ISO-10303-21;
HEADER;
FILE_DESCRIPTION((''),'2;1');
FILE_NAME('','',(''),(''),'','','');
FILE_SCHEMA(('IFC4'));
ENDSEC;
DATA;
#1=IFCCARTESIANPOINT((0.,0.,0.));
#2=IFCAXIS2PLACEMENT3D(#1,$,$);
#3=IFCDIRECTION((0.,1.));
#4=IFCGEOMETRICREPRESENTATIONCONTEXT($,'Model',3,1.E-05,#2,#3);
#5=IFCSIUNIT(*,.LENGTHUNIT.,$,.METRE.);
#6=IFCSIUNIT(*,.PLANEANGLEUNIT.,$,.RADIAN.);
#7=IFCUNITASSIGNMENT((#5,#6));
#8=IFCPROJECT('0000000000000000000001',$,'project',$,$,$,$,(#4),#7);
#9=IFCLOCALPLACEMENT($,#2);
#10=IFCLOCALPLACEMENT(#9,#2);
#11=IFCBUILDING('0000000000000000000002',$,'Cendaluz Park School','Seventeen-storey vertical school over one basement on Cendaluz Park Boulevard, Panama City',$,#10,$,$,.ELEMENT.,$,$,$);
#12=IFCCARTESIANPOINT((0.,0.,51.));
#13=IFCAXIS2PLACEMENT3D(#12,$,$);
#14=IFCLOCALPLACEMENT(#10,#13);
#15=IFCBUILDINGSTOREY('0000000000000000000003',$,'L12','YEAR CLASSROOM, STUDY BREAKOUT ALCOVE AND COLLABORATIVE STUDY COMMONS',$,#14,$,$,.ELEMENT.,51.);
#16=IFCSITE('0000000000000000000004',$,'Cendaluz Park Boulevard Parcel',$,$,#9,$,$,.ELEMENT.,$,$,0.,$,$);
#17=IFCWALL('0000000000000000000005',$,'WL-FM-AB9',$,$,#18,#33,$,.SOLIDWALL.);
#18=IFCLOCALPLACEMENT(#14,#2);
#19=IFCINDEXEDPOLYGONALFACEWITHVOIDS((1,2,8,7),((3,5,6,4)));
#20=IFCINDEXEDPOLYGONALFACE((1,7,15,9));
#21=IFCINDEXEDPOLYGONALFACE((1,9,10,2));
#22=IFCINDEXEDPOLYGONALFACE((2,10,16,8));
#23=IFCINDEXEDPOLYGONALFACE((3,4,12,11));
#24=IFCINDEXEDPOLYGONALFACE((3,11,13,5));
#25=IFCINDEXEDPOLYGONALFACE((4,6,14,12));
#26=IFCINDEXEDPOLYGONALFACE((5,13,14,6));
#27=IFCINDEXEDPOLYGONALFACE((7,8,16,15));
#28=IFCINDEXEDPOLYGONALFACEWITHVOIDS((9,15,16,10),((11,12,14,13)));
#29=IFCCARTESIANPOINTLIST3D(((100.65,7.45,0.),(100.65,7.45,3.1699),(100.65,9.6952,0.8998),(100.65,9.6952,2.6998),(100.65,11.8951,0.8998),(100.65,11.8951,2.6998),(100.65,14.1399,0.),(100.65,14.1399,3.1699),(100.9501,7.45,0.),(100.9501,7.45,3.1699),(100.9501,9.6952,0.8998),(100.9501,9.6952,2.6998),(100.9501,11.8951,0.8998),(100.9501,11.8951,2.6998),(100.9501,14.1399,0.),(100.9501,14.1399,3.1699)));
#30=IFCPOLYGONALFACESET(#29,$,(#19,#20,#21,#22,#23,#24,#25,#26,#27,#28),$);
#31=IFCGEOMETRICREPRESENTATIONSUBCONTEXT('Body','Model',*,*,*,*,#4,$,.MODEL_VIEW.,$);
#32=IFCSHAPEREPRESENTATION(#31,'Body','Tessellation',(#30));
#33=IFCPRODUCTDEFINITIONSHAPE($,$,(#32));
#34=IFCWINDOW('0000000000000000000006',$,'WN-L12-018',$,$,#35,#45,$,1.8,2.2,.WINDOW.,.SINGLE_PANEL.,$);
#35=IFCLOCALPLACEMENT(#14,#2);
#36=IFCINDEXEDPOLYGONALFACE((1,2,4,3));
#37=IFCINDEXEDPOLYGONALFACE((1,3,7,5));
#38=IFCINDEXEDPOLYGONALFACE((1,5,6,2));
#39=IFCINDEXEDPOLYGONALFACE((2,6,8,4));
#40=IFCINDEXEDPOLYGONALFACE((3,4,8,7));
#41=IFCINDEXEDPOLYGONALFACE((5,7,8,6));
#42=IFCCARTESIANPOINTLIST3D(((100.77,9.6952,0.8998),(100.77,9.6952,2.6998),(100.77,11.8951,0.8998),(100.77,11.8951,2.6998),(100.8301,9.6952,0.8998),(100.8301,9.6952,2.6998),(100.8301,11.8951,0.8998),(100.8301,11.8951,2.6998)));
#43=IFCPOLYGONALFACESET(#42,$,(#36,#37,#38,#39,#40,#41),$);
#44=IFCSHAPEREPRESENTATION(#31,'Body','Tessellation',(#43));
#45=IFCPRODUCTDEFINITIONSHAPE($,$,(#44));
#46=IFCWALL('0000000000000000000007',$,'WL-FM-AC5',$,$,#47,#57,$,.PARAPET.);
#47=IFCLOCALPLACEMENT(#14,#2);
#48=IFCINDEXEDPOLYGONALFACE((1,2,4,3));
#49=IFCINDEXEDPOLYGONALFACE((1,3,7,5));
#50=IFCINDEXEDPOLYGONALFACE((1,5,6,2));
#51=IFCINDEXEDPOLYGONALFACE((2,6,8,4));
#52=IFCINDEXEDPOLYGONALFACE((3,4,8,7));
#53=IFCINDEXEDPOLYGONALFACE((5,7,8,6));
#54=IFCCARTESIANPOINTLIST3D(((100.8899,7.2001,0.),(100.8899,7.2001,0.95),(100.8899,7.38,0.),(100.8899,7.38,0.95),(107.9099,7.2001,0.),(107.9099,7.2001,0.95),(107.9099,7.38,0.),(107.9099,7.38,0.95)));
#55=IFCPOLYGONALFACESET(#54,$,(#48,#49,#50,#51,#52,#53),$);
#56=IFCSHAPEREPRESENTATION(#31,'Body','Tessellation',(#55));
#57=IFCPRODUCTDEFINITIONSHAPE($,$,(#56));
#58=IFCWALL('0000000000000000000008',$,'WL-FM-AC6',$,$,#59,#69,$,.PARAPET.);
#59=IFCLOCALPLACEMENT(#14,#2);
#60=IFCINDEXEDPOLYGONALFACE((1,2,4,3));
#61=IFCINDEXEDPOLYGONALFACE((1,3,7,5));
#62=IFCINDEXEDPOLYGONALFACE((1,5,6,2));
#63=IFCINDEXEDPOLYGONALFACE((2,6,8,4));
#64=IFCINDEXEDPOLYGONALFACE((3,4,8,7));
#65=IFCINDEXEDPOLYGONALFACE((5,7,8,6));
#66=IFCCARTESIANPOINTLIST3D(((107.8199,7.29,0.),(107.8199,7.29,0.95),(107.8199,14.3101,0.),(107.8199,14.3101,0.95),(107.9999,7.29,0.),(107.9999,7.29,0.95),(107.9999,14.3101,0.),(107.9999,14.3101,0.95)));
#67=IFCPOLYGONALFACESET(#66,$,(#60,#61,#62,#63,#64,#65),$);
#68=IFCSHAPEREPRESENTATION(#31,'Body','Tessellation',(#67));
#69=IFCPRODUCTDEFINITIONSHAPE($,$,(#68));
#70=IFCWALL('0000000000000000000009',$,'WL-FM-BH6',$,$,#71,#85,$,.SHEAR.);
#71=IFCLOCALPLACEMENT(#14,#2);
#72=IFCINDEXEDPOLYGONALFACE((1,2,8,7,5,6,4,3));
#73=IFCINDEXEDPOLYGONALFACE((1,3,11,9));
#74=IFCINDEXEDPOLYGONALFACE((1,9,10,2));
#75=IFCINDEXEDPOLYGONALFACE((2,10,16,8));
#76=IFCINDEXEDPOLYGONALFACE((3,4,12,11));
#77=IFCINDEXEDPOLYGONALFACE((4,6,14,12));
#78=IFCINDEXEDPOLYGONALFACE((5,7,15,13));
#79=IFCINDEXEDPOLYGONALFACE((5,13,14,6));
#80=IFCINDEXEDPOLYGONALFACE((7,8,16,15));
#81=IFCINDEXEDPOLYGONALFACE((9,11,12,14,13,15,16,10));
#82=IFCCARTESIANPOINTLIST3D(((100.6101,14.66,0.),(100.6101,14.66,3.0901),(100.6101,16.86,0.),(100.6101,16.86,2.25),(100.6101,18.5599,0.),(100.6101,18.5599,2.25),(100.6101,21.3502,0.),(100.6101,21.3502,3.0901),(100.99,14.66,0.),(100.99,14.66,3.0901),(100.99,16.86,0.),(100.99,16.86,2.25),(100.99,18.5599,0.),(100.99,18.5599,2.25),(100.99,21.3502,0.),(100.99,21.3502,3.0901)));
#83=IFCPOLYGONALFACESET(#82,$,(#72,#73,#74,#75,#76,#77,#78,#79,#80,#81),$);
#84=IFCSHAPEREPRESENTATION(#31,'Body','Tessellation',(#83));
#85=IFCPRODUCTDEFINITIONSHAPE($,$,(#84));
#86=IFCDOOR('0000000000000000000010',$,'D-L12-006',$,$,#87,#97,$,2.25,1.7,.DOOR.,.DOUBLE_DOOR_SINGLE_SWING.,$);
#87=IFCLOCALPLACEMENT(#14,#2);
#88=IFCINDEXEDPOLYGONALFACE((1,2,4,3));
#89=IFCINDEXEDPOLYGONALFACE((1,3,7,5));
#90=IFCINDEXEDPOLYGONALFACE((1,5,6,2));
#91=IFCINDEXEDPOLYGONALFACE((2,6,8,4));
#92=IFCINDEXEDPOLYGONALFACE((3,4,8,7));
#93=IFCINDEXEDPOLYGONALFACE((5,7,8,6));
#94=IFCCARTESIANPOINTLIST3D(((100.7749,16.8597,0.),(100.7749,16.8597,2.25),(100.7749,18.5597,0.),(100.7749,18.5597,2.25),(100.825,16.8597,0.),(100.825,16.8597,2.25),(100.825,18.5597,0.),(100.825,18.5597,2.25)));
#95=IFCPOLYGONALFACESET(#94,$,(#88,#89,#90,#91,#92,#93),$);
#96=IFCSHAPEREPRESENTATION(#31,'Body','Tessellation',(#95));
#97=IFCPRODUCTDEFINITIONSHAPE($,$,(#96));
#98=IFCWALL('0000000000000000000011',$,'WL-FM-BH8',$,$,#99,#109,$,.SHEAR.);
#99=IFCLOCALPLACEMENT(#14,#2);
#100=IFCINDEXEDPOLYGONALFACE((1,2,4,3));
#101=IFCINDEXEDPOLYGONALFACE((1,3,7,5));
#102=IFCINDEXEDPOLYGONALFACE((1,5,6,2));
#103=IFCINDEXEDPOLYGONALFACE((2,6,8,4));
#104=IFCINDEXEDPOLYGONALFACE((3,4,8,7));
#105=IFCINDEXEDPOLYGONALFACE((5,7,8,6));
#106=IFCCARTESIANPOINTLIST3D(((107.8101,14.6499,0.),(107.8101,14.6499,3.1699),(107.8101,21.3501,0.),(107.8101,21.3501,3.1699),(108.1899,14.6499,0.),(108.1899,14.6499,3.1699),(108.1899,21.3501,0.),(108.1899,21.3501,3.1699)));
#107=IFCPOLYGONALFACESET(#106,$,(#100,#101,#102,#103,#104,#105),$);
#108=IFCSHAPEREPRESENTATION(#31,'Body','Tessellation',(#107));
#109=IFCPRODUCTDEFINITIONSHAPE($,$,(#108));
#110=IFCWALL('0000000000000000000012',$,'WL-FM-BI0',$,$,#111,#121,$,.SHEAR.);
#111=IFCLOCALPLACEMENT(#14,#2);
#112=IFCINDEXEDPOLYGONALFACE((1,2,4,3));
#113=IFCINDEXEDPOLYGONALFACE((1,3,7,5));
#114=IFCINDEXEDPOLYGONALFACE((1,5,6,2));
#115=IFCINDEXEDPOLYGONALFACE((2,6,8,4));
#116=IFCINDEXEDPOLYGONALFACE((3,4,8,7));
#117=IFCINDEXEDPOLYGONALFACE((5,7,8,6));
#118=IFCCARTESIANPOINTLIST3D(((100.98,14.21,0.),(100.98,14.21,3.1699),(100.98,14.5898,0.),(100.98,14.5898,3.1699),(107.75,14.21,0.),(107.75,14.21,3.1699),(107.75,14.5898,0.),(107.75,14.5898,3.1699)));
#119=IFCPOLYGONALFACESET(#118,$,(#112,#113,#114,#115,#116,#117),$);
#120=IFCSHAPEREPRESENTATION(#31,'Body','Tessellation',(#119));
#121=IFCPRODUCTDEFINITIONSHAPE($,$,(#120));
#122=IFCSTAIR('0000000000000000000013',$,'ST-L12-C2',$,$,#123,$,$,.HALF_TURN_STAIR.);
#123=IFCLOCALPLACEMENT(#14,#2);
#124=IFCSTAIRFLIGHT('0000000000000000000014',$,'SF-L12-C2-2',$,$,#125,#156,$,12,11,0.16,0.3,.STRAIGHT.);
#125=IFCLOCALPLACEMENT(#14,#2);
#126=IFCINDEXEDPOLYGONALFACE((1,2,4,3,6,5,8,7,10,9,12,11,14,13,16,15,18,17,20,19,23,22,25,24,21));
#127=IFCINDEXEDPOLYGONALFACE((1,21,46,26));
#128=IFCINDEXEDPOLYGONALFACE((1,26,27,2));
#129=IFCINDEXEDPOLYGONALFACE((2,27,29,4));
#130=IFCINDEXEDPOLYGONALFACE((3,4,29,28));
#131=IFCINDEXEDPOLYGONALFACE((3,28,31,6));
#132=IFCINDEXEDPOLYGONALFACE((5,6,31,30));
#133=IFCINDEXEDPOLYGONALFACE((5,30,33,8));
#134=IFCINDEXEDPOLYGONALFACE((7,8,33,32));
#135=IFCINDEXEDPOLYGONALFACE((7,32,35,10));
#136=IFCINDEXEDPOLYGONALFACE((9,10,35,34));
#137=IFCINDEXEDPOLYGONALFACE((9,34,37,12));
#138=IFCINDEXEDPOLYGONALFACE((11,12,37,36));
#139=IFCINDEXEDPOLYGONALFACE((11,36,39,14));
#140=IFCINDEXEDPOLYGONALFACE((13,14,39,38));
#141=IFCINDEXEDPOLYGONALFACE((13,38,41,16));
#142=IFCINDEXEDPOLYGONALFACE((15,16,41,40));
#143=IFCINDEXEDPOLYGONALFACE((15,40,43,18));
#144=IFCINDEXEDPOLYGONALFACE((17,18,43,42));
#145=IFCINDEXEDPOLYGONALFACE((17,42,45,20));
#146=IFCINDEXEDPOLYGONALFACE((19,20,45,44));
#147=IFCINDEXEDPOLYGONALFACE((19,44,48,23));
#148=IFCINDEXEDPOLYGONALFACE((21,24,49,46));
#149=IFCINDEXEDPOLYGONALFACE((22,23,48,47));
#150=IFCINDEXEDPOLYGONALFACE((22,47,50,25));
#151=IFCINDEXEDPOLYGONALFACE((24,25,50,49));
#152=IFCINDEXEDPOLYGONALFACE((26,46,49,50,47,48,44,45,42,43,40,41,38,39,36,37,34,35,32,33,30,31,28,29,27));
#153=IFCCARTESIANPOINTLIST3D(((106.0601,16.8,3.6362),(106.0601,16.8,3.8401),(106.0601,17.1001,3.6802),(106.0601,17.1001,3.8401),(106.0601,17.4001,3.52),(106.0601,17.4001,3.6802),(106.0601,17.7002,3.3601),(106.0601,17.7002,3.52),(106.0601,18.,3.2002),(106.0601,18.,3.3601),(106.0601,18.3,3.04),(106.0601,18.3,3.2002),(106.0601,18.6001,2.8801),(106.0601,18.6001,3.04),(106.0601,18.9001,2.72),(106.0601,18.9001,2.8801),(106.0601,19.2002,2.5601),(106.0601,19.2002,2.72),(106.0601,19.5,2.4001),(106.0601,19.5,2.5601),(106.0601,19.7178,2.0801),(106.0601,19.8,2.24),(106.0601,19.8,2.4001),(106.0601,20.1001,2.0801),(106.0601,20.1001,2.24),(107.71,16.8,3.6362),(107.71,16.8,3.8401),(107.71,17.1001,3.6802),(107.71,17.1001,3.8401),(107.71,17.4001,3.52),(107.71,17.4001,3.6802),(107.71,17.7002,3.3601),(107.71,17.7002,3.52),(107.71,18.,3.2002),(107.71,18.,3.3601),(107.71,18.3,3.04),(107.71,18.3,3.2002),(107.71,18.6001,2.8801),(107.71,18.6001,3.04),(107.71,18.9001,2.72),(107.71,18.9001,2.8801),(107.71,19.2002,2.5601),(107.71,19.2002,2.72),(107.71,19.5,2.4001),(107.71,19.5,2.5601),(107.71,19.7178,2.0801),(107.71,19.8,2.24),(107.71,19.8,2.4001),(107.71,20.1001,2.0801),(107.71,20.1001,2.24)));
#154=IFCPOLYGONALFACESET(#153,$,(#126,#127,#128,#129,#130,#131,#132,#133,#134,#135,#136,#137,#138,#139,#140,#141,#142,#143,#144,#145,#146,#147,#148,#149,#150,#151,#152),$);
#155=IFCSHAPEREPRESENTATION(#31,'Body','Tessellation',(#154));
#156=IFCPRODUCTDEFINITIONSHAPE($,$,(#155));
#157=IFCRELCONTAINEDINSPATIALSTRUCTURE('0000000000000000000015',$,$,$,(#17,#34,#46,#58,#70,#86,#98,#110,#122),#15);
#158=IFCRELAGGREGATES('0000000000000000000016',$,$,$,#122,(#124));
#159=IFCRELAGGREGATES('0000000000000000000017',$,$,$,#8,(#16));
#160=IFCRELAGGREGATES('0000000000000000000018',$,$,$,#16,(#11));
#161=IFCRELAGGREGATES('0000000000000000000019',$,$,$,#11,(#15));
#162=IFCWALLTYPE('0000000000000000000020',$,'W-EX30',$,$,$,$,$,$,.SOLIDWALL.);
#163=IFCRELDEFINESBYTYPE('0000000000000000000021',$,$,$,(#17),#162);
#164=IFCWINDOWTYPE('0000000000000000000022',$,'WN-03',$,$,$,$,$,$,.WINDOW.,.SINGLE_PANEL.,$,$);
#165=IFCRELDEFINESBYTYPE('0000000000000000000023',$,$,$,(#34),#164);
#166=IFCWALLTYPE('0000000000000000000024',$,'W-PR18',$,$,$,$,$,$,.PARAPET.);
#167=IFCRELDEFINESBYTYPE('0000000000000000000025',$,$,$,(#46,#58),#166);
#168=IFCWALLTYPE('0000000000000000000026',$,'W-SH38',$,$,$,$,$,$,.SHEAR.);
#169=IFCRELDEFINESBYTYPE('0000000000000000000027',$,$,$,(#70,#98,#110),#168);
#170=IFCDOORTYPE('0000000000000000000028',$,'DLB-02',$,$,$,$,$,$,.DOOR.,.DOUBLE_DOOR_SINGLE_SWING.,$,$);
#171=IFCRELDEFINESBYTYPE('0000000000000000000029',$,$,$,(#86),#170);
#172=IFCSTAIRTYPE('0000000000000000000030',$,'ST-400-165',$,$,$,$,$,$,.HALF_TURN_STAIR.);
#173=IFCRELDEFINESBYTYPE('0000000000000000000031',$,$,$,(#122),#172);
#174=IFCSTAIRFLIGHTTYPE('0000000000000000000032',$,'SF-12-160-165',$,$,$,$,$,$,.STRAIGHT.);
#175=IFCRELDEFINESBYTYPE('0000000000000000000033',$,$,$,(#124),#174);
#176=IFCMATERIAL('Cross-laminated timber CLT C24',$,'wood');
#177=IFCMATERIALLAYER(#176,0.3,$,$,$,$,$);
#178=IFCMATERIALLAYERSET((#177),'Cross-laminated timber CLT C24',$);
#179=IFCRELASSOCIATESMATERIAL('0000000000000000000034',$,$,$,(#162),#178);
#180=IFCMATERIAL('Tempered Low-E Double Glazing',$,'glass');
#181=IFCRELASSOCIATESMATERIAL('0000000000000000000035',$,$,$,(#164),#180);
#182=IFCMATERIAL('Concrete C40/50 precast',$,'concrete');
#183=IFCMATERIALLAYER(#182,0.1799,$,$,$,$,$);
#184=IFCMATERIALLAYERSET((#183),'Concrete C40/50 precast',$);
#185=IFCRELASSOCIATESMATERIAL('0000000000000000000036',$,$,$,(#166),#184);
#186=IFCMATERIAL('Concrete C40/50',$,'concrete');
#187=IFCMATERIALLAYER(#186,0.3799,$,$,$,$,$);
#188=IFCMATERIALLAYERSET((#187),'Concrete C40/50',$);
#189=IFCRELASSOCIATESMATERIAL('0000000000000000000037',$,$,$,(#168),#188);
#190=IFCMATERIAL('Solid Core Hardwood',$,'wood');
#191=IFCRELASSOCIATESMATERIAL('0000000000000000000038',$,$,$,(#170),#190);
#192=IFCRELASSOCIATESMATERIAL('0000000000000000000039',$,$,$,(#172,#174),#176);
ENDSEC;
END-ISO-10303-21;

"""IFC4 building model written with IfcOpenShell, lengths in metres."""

from ifc_helpers import new_model, si_unit, direction, frame, frame_2d, origin, place, context, subcontext, project, spatial, polyline, rectangle, outline, extrude, material, layer, layer_set, type_object, element, fill, aggregate, save


model = new_model("IFC4")

# Units and contexts
model_context = context("Model", 3, precision=1e-05, world=origin(), true_north=direction((0.0, 1.0)))
body_context = subcontext(model_context, "Body", "Model", "MODEL_VIEW")
ifc_project = project(units=[si_unit("LENGTHUNIT", "METRE"), si_unit("PLANEANGLEUNIT", "RADIAN")], contexts=[model_context])

# Site, building, storey
site_placement = place(None, origin())
site = spatial("IfcSite", under=ifc_project, at=site_placement, Name="Cendaluz Park Boulevard Parcel", CompositionType="ELEMENT", RefElevation=0.0)
building_placement = place(site_placement, origin())
building = spatial("IfcBuilding", under=site, at=building_placement, Name="Cendaluz Park School", Description="Seventeen-storey vertical school over one basement on Cendaluz Park Boulevard, Panama City", CompositionType="ELEMENT")
storey_placement = place(building_placement, frame((0.0, 0.0, 51.0)))
storey = spatial("IfcBuildingStorey", under=building, at=storey_placement, Name="L12", Description="YEAR CLASSROOM, STUDY BREAKOUT ALCOVE AND COLLABORATIVE STUDY COMMONS", CompositionType="ELEMENT", Elevation=51.0)

# Wall, opening, window
ifc_material_1 = material(Name="Cross-laminated timber CLT C24", Category="wood")
ifc_layer_1 = layer(ifc_material_1, 0.3)
ifc_layer_set_1 = layer_set([ifc_layer_1], Name="Cross-laminated timber CLT C24")
wall_type_1 = type_object("IfcWallType", Name="W-EX30", PredefinedType="SOLIDWALL", material=ifc_layer_set_1)
ifc_material_2 = material(Name="Tempered Low-E Double Glazing", Category="glass")
wall_1_placement = place(storey_placement, frame((100.8, 7.45, 0.0), z_axis=(0.0, 0.0, 1.0), x_axis=(0.0, 1.0, 0.0)))
wall_1 = element("IfcWall", 1, at=wall_1_placement, inside=storey, type_object=wall_type_1, Name="WL-FM-AB9", PredefinedType="SOLIDWALL", context=body_context, shape_type="SweptSolid", body=[
    extrude(rectangle(XDim=6.6899, YDim=0.3, at=frame_2d((3.345, 0.0))), origin(), (0.0, 0.0, 1.0), 3.1699),
])
opening_1_placement = place(wall_1_placement, frame((2.2451, 0.0, 0.8999)))
opening_1 = element("IfcOpeningElement", 2, at=opening_1_placement, cuts=wall_1, PredefinedType="OPENING", context=body_context, shape_type="SweptSolid", body=[
    extrude(rectangle(XDim=2.2, YDim=1.8, at=frame_2d((1.1001, 0.8999))), frame((0.0, 0.1621, 0.0), z_axis=(0.0, -1.0, 0.0), x_axis=(1.0, 0.0, 0.0)), (0.0, 0.0, 1.0), 0.324),
])
window_type_1 = type_object("IfcWindowType", Name="WN-03", PartitioningType="SINGLE_PANEL", PredefinedType="WINDOW", material=ifc_material_2)
window_1_placement = place(opening_1_placement, origin())
window_1 = element("IfcWindow", 3, at=window_1_placement, inside=storey, type_object=window_type_1, Name="WN-L12-018", OverallHeight=1.8, OverallWidth=2.2, PartitioningType="SINGLE_PANEL", PredefinedType="WINDOW", context=body_context, shape_type="SweptSolid", body=[
    extrude(rectangle(XDim=2.2, YDim=1.8, at=frame_2d((1.1001, 0.8999))), frame((0.0, 0.03, 0.0), z_axis=(0.0, -1.0, 0.0), x_axis=(1.0, 0.0, 0.0)), (0.0, 0.0, 1.0), 0.0601),
])
fill(opening_1, window_1)

# Shared definitions
ifc_material_3 = material(Name="Concrete C40/50", Category="concrete")
ifc_material_4 = material(Name="Solid Core Hardwood", Category="wood")

# Walls
ifc_material_5 = material(Name="Concrete C40/50 precast", Category="concrete")
ifc_layer_2 = layer(ifc_material_5, 0.1799)
ifc_layer_set_2 = layer_set([ifc_layer_2], Name="Concrete C40/50 precast")
wall_type_2 = type_object("IfcWallType", Name="W-PR18", PredefinedType="PARAPET", material=ifc_layer_set_2)
for number, where, z_axis, x_axis, name in (
    (4, (100.8899, 7.29, 0.0), (0.0, 0.0, 1.0), (1.0, 0.0, 0.0), "WL-FM-AC5"),
    (5, (107.9099, 7.29, 0.0), (0.0, 0.0, 1.0), (0.0, 1.0, 0.0), "WL-FM-AC6"),
):
    element("IfcWall", number, at=place(storey_placement, frame(where, z_axis=z_axis, x_axis=x_axis)), inside=storey, type_object=wall_type_2, Name=name, PredefinedType="PARAPET", context=body_context, shape_type="SweptSolid", body=[
        extrude(rectangle(XDim=7.02, YDim=0.1799, at=frame_2d((3.51, 0.0))), origin(), (0.0, 0.0, 1.0), 0.95),
    ])

# Wall, opening, door
ifc_layer_3 = layer(ifc_material_3, 0.3799)
ifc_layer_set_3 = layer_set([ifc_layer_3], Name="Concrete C40/50")
wall_type_3 = type_object("IfcWallType", Name="W-SH38", PredefinedType="SHEAR", material=ifc_layer_set_3)
wall_2_placement = place(storey_placement, frame((100.8, 14.6599, 0.0), z_axis=(0.0, 0.0, 1.0), x_axis=(0.0, 1.0, 0.0)))
wall_2 = element("IfcWall", 6, at=wall_2_placement, inside=storey, type_object=wall_type_3, Name="WL-FM-BH6", PredefinedType="SHEAR", context=body_context, shape_type="SweptSolid", body=[
    extrude(rectangle(XDim=6.6902, YDim=0.3799, at=frame_2d((3.3452, 0.0))), origin(), (0.0, 0.0, 1.0), 3.0901),
])
opening_2_placement = place(wall_2_placement, frame((2.2, 0.0, 0.0)))
opening_2 = element("IfcOpeningElement", 7, at=opening_2_placement, cuts=wall_2, PredefinedType="OPENING", context=body_context, shape_type="SweptSolid", body=[
    extrude(rectangle(XDim=1.7, YDim=2.25, at=frame_2d((0.8501, 1.125))), frame((0.0, 0.2019, 0.0), z_axis=(0.0, -1.0, 0.0), x_axis=(1.0, 0.0, 0.0)), (0.0, 0.0, 1.0), 0.4038),
])
door_type_1 = type_object("IfcDoorType", Name="DLB-02", OperationType="DOUBLE_DOOR_SINGLE_SWING", PredefinedType="DOOR", material=ifc_material_4)
door_1_placement = place(opening_2_placement, frame((1.7, 0.0, 0.0), z_axis=(0.0, 0.0, 1.0), x_axis=(-1.0, 0.0, 0.0)))
door_1 = element("IfcDoor", 8, at=door_1_placement, inside=storey, type_object=door_type_1, Name="D-L12-006", OperationType="DOUBLE_DOOR_SINGLE_SWING", OverallHeight=2.25, OverallWidth=1.7, PredefinedType="DOOR", context=body_context, shape_type="SweptSolid", body=[
    extrude(rectangle(XDim=1.7, YDim=2.25, at=frame_2d((0.8501, 1.125))), frame((0.0, 0.0249, 0.0), z_axis=(0.0, -1.0, 0.0), x_axis=(1.0, 0.0, 0.0)), (0.0, 0.0, 1.0), 0.05),
])
fill(opening_2, door_1)

# Walls
wall_3_placement = place(storey_placement, frame((108.0, 14.6499, 0.0), z_axis=(0.0, 0.0, 1.0), x_axis=(0.0, 1.0, 0.0)))
element("IfcWall", 9, at=wall_3_placement, inside=storey, type_object=wall_type_3, Name="WL-FM-BH8", PredefinedType="SHEAR", context=body_context, shape_type="SweptSolid", body=[
    extrude(rectangle(XDim=6.7002, YDim=0.3799, at=frame_2d((3.3501, 0.0))), origin(), (0.0, 0.0, 1.0), 3.1699),
])
wall_4_placement = place(storey_placement, frame((100.98, 14.3999, 0.0), z_axis=(0.0, 0.0, 1.0), x_axis=(1.0, 0.0, 0.0)))
element("IfcWall", 10, at=wall_4_placement, inside=storey, type_object=wall_type_3, Name="WL-FM-BI0", PredefinedType="SHEAR", context=body_context, shape_type="SweptSolid", body=[
    extrude(rectangle(XDim=6.77, YDim=0.3799, at=frame_2d((3.385, 0.0))), origin(), (0.0, 0.0, 1.0), 3.1699),
])

# Stair, stair flight
stair_type = type_object("IfcStairType", Name="ST-400-165", PredefinedType="HALF_TURN_STAIR", material=ifc_material_1)
stair_placement = place(storey_placement, origin())
stair = element("IfcStair", 11, at=stair_placement, inside=storey, type_object=stair_type, Name="ST-L12-C2", PredefinedType="HALF_TURN_STAIR")
stair_flight_type_1 = type_object("IfcStairFlightType", Name="SF-12-160-165", PredefinedType="STRAIGHT", material=ifc_material_1)
stair_flight_1_placement = place(storey_placement, frame((106.885, 20.1001, 2.0801), z_axis=(0.0, 0.0, 1.0), x_axis=(0.0, -1.0, 0.0)))
stair_flight_1 = element("IfcStairFlight", 12, at=stair_flight_1_placement, type_object=stair_flight_type_1, Name="SF-L12-C2-2", NumberOfRisers=12, NumberOfTreads=11, PredefinedType="STRAIGHT", RiserHeight=0.16, TreadLength=0.3, context=body_context, shape_type="SweptSolid", body=[
    extrude(outline(polyline([(0.0, 0.0), (0.0, 0.1599), (0.3, 0.1599), (0.3, 0.3201), (0.6001, 0.3201), (0.6001, 0.48), (0.8999, 0.48), (0.8999, 0.6399), (1.2, 0.6399), (1.2, 0.8), (1.5, 0.8), (1.5, 0.96), (1.8, 0.96), (1.8, 1.1201), (2.1001, 1.1201), (2.1001, 1.28), (2.3999, 1.28), (2.3999, 1.4399), (2.7, 1.4399), (2.7, 1.6001), (3.0, 1.6001), (3.0, 1.76), (3.3, 1.76), (3.3, 1.9199), (3.3, 1.5562), (0.3823, 0.0), (0.0, 0.0)])), frame((0.0, 0.825, 0.0), z_axis=(0.0, -1.0, 0.0), x_axis=(1.0, 0.0, 0.0)), (0.0, 0.0, 1.0), 1.6499),
])
aggregate(stair, [stair_flight_1])

save(model, "model.ifc")
